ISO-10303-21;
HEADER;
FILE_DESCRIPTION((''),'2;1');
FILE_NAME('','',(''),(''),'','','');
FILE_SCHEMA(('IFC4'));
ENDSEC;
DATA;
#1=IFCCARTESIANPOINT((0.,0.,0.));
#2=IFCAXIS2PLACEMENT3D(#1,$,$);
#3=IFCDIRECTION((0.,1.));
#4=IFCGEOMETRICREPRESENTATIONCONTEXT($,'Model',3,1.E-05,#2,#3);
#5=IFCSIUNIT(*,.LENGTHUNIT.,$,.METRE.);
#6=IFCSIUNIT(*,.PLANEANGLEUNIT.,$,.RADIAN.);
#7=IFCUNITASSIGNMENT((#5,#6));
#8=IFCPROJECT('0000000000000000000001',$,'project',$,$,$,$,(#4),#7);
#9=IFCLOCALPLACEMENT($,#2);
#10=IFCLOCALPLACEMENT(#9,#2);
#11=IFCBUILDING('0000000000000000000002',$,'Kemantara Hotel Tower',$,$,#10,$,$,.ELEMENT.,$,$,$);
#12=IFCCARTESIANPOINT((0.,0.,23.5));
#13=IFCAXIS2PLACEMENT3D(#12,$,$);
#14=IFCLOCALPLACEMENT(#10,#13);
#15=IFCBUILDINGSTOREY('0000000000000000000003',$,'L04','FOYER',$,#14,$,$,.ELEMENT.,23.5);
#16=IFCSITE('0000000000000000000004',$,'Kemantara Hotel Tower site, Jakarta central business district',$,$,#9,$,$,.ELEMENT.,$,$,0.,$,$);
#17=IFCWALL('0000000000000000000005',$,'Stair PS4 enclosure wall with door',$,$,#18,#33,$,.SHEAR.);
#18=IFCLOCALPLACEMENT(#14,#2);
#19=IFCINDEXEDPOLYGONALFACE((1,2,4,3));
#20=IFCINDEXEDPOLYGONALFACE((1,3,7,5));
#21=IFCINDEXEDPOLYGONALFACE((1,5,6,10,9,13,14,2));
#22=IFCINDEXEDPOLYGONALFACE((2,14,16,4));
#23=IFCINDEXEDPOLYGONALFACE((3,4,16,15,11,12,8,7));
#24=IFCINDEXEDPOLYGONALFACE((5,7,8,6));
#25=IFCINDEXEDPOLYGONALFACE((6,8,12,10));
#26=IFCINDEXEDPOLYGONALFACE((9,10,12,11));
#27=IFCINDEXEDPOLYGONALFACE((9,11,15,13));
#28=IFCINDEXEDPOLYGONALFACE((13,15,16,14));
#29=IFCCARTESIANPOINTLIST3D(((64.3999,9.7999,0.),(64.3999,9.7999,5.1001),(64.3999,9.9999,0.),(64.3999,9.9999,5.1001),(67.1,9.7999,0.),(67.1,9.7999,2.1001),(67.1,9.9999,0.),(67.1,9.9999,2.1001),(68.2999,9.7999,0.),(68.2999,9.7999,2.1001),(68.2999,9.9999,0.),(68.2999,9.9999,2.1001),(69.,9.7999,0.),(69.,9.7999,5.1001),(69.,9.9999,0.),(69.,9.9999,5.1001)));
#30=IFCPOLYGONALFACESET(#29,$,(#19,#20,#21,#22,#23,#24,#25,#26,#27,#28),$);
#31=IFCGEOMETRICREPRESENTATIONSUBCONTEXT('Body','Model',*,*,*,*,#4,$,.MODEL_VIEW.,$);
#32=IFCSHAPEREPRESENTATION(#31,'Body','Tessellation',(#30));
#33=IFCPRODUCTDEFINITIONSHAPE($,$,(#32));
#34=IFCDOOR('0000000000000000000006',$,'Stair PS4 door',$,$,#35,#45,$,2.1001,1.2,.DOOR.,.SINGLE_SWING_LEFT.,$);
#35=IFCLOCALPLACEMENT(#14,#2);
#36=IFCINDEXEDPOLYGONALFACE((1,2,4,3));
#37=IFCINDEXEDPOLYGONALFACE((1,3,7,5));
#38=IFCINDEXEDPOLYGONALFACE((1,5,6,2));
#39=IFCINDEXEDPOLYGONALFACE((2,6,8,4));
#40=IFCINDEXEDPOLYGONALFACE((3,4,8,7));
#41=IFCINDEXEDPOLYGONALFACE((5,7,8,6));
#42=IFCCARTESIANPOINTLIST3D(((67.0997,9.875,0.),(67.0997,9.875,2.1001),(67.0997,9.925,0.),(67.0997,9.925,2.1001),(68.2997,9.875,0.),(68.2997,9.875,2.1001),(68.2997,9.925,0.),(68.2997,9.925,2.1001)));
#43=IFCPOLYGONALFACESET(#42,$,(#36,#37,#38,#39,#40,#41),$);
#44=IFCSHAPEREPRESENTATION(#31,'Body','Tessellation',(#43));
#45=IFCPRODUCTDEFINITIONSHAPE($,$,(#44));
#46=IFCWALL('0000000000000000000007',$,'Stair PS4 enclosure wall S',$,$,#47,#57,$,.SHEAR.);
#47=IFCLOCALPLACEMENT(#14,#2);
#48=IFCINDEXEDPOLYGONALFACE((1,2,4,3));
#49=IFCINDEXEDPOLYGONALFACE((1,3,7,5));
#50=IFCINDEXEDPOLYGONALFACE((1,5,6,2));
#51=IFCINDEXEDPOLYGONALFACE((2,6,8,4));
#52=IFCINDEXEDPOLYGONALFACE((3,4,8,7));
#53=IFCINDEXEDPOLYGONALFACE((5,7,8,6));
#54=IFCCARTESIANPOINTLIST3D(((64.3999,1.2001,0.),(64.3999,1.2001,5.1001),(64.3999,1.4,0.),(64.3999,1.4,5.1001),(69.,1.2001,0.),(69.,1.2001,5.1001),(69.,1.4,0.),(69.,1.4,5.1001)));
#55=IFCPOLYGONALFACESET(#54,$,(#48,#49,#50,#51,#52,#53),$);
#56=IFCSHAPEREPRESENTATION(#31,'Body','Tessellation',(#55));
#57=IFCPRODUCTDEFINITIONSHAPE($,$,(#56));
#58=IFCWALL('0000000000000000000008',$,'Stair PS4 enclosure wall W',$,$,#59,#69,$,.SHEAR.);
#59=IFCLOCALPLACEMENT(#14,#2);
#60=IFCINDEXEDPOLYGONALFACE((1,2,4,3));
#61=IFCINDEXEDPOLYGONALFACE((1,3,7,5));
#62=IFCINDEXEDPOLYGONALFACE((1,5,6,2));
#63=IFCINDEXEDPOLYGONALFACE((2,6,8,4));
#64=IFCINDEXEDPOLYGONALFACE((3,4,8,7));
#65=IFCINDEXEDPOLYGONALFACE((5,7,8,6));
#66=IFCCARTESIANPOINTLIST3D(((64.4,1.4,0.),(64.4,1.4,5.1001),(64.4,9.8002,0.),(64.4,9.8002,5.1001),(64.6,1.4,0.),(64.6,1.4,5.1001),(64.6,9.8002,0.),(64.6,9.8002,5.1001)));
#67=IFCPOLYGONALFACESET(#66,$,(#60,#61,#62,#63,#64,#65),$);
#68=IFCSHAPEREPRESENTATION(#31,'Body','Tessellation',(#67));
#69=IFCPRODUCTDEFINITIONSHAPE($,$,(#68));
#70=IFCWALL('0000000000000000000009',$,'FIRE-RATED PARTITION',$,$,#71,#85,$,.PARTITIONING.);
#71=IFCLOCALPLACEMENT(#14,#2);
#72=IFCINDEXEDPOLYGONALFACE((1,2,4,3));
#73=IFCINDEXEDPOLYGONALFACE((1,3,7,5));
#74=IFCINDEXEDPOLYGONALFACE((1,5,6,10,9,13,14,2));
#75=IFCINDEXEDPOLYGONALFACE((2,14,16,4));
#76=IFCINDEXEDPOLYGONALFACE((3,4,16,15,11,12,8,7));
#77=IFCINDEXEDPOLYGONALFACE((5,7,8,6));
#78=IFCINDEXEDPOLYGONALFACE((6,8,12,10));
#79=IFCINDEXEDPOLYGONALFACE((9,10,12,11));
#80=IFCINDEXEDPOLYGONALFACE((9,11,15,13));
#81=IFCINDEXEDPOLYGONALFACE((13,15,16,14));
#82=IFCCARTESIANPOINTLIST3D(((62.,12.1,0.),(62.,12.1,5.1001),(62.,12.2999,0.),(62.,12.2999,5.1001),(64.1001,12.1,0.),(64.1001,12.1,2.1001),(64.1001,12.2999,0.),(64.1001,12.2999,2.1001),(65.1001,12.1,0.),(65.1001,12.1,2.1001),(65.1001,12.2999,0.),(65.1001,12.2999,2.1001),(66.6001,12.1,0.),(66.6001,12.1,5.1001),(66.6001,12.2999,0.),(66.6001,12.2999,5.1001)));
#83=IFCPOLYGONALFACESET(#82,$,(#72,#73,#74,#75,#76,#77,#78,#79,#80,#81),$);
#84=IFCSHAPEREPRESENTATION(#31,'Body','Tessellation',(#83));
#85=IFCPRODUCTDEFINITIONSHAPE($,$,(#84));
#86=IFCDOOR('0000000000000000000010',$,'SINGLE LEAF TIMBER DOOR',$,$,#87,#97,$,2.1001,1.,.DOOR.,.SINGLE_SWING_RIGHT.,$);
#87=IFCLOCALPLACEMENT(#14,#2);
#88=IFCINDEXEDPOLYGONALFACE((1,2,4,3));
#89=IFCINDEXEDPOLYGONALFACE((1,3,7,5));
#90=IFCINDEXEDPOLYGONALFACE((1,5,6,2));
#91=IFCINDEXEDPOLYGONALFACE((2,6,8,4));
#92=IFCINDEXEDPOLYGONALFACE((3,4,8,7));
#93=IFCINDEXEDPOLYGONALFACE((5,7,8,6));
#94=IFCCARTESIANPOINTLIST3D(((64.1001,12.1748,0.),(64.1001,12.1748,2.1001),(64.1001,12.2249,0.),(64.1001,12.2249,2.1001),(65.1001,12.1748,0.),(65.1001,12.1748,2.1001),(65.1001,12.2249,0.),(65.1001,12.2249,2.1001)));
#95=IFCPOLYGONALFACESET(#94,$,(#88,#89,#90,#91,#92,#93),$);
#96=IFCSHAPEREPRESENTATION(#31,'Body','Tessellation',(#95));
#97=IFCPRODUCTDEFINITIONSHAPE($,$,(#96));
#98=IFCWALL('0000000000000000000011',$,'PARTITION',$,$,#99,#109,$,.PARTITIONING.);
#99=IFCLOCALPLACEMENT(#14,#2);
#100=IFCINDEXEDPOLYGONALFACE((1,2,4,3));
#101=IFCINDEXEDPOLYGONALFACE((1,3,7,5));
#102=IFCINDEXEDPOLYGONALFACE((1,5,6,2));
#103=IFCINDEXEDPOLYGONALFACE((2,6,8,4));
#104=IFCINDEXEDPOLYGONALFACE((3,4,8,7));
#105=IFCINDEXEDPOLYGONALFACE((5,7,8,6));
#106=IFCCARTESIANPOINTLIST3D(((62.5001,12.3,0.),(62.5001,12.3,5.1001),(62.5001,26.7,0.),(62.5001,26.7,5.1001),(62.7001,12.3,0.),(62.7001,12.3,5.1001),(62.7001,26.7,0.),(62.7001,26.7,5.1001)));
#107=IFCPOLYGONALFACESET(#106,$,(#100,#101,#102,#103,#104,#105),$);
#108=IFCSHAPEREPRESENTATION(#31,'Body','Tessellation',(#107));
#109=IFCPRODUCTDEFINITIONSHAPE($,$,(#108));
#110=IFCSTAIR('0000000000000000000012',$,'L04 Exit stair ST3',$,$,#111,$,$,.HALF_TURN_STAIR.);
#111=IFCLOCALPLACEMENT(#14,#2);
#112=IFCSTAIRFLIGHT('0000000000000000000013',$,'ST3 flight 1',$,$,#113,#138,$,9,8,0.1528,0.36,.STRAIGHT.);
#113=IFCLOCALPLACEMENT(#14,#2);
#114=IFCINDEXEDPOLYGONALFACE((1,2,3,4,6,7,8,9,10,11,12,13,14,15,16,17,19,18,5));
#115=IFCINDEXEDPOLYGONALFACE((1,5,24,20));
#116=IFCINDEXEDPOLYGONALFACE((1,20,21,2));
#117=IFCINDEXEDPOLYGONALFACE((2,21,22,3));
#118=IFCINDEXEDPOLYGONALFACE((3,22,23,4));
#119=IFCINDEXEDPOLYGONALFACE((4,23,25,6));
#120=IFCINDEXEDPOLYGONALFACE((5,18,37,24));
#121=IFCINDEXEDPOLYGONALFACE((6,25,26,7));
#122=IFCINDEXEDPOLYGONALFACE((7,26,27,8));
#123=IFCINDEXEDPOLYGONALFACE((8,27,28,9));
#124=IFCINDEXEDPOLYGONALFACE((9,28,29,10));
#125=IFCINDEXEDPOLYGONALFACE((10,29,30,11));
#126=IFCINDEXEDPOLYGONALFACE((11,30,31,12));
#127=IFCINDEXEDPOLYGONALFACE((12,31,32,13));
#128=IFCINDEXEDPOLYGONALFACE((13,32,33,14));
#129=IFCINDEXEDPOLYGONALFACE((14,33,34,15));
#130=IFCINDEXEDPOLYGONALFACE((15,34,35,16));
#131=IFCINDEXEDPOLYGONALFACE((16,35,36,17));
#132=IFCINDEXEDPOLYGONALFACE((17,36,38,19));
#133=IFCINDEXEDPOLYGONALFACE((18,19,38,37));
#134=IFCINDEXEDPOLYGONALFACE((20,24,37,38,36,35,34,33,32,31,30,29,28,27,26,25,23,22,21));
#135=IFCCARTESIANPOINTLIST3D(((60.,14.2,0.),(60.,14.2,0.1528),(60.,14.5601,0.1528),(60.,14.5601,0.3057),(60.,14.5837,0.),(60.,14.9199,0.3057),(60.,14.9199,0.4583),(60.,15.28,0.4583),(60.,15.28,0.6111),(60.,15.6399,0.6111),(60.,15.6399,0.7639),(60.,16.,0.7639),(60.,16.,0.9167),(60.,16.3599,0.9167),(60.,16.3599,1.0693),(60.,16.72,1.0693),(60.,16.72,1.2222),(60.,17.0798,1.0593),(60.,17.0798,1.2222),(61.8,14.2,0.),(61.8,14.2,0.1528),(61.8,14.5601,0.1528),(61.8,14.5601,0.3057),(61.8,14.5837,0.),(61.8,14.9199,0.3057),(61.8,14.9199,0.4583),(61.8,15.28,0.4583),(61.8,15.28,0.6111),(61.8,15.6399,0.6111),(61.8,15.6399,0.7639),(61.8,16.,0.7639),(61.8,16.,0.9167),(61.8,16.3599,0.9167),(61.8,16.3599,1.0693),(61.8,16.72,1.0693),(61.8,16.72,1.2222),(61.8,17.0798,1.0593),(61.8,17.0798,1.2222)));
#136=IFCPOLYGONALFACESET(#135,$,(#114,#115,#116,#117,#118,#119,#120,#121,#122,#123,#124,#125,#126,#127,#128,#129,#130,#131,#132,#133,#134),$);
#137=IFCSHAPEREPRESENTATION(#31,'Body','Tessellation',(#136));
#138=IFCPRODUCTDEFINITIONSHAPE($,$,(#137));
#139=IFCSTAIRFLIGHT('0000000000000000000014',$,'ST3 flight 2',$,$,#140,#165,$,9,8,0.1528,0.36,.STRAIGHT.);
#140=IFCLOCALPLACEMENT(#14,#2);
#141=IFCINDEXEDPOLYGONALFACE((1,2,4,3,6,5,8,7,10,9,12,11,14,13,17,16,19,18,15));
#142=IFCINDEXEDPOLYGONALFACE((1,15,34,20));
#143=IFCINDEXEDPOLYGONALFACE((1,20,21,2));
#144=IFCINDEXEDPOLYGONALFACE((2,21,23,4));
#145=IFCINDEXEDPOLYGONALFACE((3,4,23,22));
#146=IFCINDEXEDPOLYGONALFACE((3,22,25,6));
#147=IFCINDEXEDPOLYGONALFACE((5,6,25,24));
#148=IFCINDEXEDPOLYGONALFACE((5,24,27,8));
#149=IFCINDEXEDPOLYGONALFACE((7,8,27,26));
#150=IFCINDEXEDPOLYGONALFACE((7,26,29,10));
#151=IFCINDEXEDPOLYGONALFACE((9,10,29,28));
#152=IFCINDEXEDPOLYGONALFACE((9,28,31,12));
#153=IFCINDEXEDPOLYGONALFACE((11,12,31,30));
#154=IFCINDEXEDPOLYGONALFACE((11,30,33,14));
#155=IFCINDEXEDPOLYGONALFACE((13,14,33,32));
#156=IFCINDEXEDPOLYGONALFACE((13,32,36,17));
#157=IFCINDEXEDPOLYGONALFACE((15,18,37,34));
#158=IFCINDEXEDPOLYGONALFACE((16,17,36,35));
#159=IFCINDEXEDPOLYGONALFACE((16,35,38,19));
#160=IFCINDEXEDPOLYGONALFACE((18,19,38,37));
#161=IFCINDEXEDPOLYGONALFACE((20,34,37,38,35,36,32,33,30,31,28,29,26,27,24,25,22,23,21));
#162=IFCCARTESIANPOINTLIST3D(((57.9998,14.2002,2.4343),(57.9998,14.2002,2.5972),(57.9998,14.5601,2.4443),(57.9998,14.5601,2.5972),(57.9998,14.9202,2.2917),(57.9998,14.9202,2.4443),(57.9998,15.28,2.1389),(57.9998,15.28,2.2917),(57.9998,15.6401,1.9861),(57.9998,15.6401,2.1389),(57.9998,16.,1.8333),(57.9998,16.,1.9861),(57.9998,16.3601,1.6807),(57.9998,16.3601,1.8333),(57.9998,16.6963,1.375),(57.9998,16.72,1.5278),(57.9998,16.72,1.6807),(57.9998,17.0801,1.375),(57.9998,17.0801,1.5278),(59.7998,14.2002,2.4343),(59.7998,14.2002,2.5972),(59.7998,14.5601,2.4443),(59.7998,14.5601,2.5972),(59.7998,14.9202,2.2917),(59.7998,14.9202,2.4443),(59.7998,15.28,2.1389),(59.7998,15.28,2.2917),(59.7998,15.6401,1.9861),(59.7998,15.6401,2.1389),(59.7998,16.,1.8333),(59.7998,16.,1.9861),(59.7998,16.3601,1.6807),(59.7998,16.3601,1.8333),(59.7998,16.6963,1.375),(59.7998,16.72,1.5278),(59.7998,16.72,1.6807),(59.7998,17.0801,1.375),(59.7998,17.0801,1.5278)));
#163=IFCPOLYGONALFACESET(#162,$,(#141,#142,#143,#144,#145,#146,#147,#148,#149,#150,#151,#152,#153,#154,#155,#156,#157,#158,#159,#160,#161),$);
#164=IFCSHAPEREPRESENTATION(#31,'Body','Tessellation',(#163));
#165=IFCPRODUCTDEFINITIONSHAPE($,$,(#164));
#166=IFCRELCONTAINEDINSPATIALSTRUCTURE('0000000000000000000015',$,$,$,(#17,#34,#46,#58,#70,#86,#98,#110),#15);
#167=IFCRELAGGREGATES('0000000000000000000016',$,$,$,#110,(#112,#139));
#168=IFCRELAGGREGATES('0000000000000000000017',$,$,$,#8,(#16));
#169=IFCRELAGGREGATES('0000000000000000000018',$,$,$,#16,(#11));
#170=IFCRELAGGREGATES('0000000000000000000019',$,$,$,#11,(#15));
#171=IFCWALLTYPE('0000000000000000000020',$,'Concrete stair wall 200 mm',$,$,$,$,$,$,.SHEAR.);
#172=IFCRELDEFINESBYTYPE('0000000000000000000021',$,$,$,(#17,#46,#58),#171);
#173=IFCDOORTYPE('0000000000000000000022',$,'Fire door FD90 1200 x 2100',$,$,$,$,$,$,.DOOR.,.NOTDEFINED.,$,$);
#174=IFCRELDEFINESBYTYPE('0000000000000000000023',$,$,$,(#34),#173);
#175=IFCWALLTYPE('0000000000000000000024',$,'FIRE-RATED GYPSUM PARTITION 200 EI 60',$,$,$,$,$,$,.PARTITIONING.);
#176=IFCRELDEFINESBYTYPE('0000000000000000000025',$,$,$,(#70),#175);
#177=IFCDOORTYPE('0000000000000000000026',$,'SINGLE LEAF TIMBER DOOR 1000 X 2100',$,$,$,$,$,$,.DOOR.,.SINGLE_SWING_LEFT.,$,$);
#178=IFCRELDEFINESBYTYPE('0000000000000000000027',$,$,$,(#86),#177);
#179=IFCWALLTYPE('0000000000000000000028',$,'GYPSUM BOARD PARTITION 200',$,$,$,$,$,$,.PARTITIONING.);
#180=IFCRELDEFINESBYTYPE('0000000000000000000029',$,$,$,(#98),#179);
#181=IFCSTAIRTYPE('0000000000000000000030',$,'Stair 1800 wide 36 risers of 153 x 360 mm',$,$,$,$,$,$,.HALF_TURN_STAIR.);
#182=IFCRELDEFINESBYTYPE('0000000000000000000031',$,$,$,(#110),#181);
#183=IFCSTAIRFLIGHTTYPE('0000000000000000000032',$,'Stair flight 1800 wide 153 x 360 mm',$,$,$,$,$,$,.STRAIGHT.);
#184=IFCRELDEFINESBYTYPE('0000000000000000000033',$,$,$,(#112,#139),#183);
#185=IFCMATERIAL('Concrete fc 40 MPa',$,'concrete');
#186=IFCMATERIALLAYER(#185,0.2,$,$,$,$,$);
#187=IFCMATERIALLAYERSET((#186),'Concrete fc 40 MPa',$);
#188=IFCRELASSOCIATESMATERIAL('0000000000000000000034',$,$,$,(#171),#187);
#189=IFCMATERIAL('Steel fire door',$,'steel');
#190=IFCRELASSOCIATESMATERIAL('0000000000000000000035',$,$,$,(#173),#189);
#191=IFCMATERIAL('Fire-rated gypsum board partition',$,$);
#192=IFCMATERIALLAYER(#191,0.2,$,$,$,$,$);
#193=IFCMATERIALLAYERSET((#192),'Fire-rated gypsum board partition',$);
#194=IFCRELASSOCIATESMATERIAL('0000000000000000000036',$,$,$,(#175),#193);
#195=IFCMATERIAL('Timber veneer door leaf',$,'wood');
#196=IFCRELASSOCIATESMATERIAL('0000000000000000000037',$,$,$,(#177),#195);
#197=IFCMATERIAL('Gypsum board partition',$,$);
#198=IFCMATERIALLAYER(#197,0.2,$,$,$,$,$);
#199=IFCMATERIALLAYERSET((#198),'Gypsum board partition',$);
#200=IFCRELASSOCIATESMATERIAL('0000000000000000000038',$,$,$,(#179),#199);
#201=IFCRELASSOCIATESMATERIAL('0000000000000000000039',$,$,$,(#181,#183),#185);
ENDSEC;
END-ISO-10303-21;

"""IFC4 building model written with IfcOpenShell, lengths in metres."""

from ifc_helpers import new_model, si_unit, direction, frame, frame_2d, origin, place, context, subcontext, project, spatial, polyline, rectangle, outline, extrude, material, layer, layer_set, type_object, element, fill, aggregate, save


model = new_model("IFC4")

# Units and contexts
model_context = context("Model", 3, precision=1e-05, world=origin(), true_north=direction((0.0, 1.0)))
body_context = subcontext(model_context, "Body", "Model", "MODEL_VIEW")
ifc_project = project(units=[si_unit("LENGTHUNIT", "METRE"), si_unit("PLANEANGLEUNIT", "RADIAN")], contexts=[model_context])

# Site, building, storey
site_placement = place(None, origin())
site = spatial("IfcSite", under=ifc_project, at=site_placement, Name="Kemantara Hotel Tower site, Jakarta central business district", CompositionType="ELEMENT", RefElevation=0.0)
building_placement = place(site_placement, origin())
building = spatial("IfcBuilding", under=site, at=building_placement, Name="Kemantara Hotel Tower", CompositionType="ELEMENT")
storey_placement = place(building_placement, frame((0.0, 0.0, 23.5)))
storey = spatial("IfcBuildingStorey", under=building, at=storey_placement, Name="L04", Description="FOYER", CompositionType="ELEMENT", Elevation=23.5)

# Shared definitions
ifc_material_1 = material(Name="Concrete fc 40 MPa", Category="concrete")
ifc_layer_1 = layer(ifc_material_1, 0.2)
ifc_layer_set_1 = layer_set([ifc_layer_1], Name="Concrete fc 40 MPa")
wall_type_1 = type_object("IfcWallType", Name="Concrete stair wall 200 mm", PredefinedType="SHEAR", material=ifc_layer_set_1)

# Shared definitions
ifc_material_2 = material(Name="Steel fire door", Category="steel")
door_type_1 = type_object("IfcDoorType", Name="Fire door FD90 1200 x 2100", OperationType="NOTDEFINED", PredefinedType="DOOR", material=ifc_material_2)

# Wall, opening, door
wall_1_placement = place(storey_placement, frame((64.3999, 9.8999, 0.0), z_axis=(0.0, 0.0, 1.0), x_axis=(1.0, 0.0, 0.0)))
wall_1 = element("IfcWall", 1, at=wall_1_placement, inside=storey, type_object=wall_type_1, Name="Stair PS4 enclosure wall with door", PredefinedType="SHEAR", context=body_context, shape_type="SweptSolid", body=[
    extrude(rectangle(XDim=4.6001, YDim=0.2, at=frame_2d((2.3, 0.0))), origin(), (0.0, 0.0, 1.0), 5.1001),
])
opening_1_placement = place(wall_1_placement, frame((2.7, 0.0, 0.0)))
opening_1 = element("IfcOpeningElement", 2, at=opening_1_placement, cuts=wall_1, PredefinedType="OPENING", context=body_context, shape_type="SweptSolid", body=[
    extrude(rectangle(XDim=1.2, YDim=2.1001, at=frame_2d((0.6001, 1.05))), frame((0.0, 0.1099, 0.0), z_axis=(0.0, -1.0, 0.0), x_axis=(1.0, 0.0, 0.0)), (0.0, 0.0, 1.0), 0.22),
])
door_1_placement = place(opening_1_placement, frame((1.2, 0.0, 0.0), z_axis=(0.0, 0.0, 1.0), x_axis=(-1.0, 0.0, 0.0)))
door_1 = element("IfcDoor", 3, at=door_1_placement, inside=storey, type_object=door_type_1, Name="Stair PS4 door", OperationType="SINGLE_SWING_LEFT", OverallHeight=2.1001, OverallWidth=1.2, PredefinedType="DOOR", context=body_context, shape_type="SweptSolid", body=[
    extrude(rectangle(XDim=1.2, YDim=2.1001, at=frame_2d((0.6001, 1.05))), frame((0.0, 0.0249, 0.0), z_axis=(0.0, -1.0, 0.0), x_axis=(1.0, 0.0, 0.0)), (0.0, 0.0, 1.0), 0.05),
])
fill(opening_1, door_1)

# Walls
wall_2_placement = place(storey_placement, frame((64.3999, 1.3, 0.0), z_axis=(0.0, 0.0, 1.0), x_axis=(1.0, 0.0, 0.0)))
element("IfcWall", 4, at=wall_2_placement, inside=storey, type_object=wall_type_1, Name="Stair PS4 enclosure wall S", PredefinedType="SHEAR", context=body_context, shape_type="SweptSolid", body=[
    extrude(rectangle(XDim=4.6001, YDim=0.2, at=frame_2d((2.3, 0.0))), origin(), (0.0, 0.0, 1.0), 5.1001),
])
wall_3_placement = place(storey_placement, frame((64.5, 1.3999, 0.0), z_axis=(0.0, 0.0, 1.0), x_axis=(0.0, 1.0, 0.0)))
element("IfcWall", 5, at=wall_3_placement, inside=storey, type_object=wall_type_1, Name="Stair PS4 enclosure wall W", PredefinedType="SHEAR", context=body_context, shape_type="SweptSolid", body=[
    extrude(rectangle(XDim=8.4001, YDim=0.2, at=frame_2d((4.2002, 0.0))), origin(), (0.0, 0.0, 1.0), 5.1001),
])

# Wall, opening, door
ifc_material_3 = material(Name="Fire-rated gypsum board partition")
ifc_layer_2 = layer(ifc_material_3, 0.2)
ifc_layer_set_2 = layer_set([ifc_layer_2], Name="Fire-rated gypsum board partition")
wall_type_2 = type_object("IfcWallType", Name="FIRE-RATED GYPSUM PARTITION 200 EI 60", PredefinedType="PARTITIONING", material=ifc_layer_set_2)
wall_4_placement = place(storey_placement, frame((62.0, 12.2, 0.0), z_axis=(0.0, 0.0, 1.0), x_axis=(1.0, 0.0, 0.0)))
wall_4 = element("IfcWall", 6, at=wall_4_placement, inside=storey, type_object=wall_type_2, Name="FIRE-RATED PARTITION", PredefinedType="PARTITIONING", context=body_context, shape_type="SweptSolid", body=[
    extrude(rectangle(XDim=4.6001, YDim=0.2, at=frame_2d((2.3, 0.0))), origin(), (0.0, 0.0, 1.0), 5.1001),
])
opening_2_placement = place(wall_4_placement, frame((2.1001, 0.0, 0.0)))
opening_2 = element("IfcOpeningElement", 7, at=opening_2_placement, cuts=wall_4, PredefinedType="OPENING", context=body_context, shape_type="SweptSolid", body=[
    extrude(rectangle(XDim=1.0, YDim=2.1001, at=frame_2d((0.5, 1.05))), frame((0.0, 0.1099, 0.0), z_axis=(0.0, -1.0, 0.0), x_axis=(1.0, 0.0, 0.0)), (0.0, 0.0, 1.0), 0.22),
])
ifc_material_4 = material(Name="Timber veneer door leaf", Category="wood")
door_type_2 = type_object("IfcDoorType", Name="SINGLE LEAF TIMBER DOOR 1000 X 2100", OperationType="SINGLE_SWING_LEFT", PredefinedType="DOOR", material=ifc_material_4)
door_2_placement = place(opening_2_placement, origin())
door_2 = element("IfcDoor", 8, at=door_2_placement, inside=storey, type_object=door_type_2, Name="SINGLE LEAF TIMBER DOOR", OperationType="SINGLE_SWING_RIGHT", OverallHeight=2.1001, OverallWidth=1.0, PredefinedType="DOOR", context=body_context, shape_type="SweptSolid", body=[
    extrude(rectangle(XDim=1.0, YDim=2.1001, at=frame_2d((0.5, 1.05))), frame((0.0, 0.0249, 0.0), z_axis=(0.0, -1.0, 0.0), x_axis=(1.0, 0.0, 0.0)), (0.0, 0.0, 1.0), 0.05),
])
fill(opening_2, door_2)

# Wall
ifc_material_5 = material(Name="Gypsum board partition")
ifc_layer_3 = layer(ifc_material_5, 0.2)
ifc_layer_set_3 = layer_set([ifc_layer_3], Name="Gypsum board partition")
wall_type_3 = type_object("IfcWallType", Name="GYPSUM BOARD PARTITION 200", PredefinedType="PARTITIONING", material=ifc_layer_set_3)
wall_5_placement = place(storey_placement, frame((62.6001, 12.3, 0.0), z_axis=(0.0, 0.0, 1.0), x_axis=(0.0, 1.0, 0.0)))
element("IfcWall", 9, at=wall_5_placement, inside=storey, type_object=wall_type_3, Name="PARTITION", PredefinedType="PARTITIONING", context=body_context, shape_type="SweptSolid", body=[
    extrude(rectangle(XDim=14.3999, YDim=0.2, at=frame_2d((7.2, 0.0))), origin(), (0.0, 0.0, 1.0), 5.1001),
])

# Stair, stair flights
stair_type_1 = type_object("IfcStairType", Name="Stair 1800 wide 36 risers of 153 x 360 mm", PredefinedType="HALF_TURN_STAIR", material=ifc_material_1)
stair_1_placement = place(storey_placement, origin())
stair_1 = element("IfcStair", 10, at=stair_1_placement, inside=storey, type_object=stair_type_1, Name="L04 Exit stair ST3", PredefinedType="HALF_TURN_STAIR")
stair_flight_type_1 = type_object("IfcStairFlightType", Name="Stair flight 1800 wide 153 x 360 mm", PredefinedType="STRAIGHT", material=ifc_material_1)
stair_flight_1_placement = place(storey_placement, frame((60.8999, 14.2, 0.0), z_axis=(0.0, 0.0, 1.0), x_axis=(0.0, 1.0, 0.0)))
stair_flight_1 = element("IfcStairFlight", 11, at=stair_flight_1_placement, type_object=stair_flight_type_1, Name="ST3 flight 1", NumberOfRisers=9, NumberOfTreads=8, PredefinedType="STRAIGHT", RiserHeight=0.1528, TreadLength=0.36, context=body_context, shape_type="SweptSolid", body=[
    extrude(outline(polyline([(0.0, 0.0), (0.0, 0.1528), (0.3601, 0.1528), (0.3601, 0.3057), (0.72, 0.3057), (0.72, 0.4583), (1.0801, 0.4583), (1.0801, 0.6111), (1.4399, 0.6111), (1.4399, 0.7639), (1.8, 0.7639), (1.8, 0.9167), (2.1599, 0.9167), (2.1599, 1.0693), (2.52, 1.0693), (2.52, 1.2222), (2.8799, 1.2222), (2.8799, 1.375), (2.8799, 1.0593), (0.3838, 0.0), (0.0, 0.0)])), frame((0.0, 0.8999, 0.0), z_axis=(0.0, -1.0, 0.0), x_axis=(1.0, 0.0, 0.0)), (0.0, 0.0, 1.0), 1.8),
])
stair_flight_2_placement = place(storey_placement, frame((58.8999, 17.0801, 1.375), z_axis=(0.0, 0.0, 1.0), x_axis=(0.0, -1.0, 0.0)))
stair_flight_2 = element("IfcStairFlight", 12, at=stair_flight_2_placement, type_object=stair_flight_type_1, Name="ST3 flight 2", NumberOfRisers=9, NumberOfTreads=8, PredefinedType="STRAIGHT", RiserHeight=0.1528, TreadLength=0.36, context=body_context, shape_type="SweptSolid", body=[
    extrude(outline(polyline([(0.0, 0.0), (0.0, 0.1528), (0.3601, 0.1528), (0.3601, 0.3057), (0.72, 0.3057), (0.72, 0.4583), (1.0801, 0.4583), (1.0801, 0.6111), (1.4399, 0.6111), (1.4399, 0.7639), (1.8, 0.7639), (1.8, 0.9167), (2.1599, 0.9167), (2.1599, 1.0693), (2.52, 1.0693), (2.52, 1.2222), (2.8799, 1.2222), (2.8799, 1.375), (2.8799, 1.0593), (0.3838, 0.0), (0.0, 0.0)])), frame((0.0, 0.8999, 0.0), z_axis=(0.0, -1.0, 0.0), x_axis=(1.0, 0.0, 0.0)), (0.0, 0.0, 1.0), 1.8),
])
aggregate(stair_1, [stair_flight_1, stair_flight_2])

save(model, "model.ifc")
